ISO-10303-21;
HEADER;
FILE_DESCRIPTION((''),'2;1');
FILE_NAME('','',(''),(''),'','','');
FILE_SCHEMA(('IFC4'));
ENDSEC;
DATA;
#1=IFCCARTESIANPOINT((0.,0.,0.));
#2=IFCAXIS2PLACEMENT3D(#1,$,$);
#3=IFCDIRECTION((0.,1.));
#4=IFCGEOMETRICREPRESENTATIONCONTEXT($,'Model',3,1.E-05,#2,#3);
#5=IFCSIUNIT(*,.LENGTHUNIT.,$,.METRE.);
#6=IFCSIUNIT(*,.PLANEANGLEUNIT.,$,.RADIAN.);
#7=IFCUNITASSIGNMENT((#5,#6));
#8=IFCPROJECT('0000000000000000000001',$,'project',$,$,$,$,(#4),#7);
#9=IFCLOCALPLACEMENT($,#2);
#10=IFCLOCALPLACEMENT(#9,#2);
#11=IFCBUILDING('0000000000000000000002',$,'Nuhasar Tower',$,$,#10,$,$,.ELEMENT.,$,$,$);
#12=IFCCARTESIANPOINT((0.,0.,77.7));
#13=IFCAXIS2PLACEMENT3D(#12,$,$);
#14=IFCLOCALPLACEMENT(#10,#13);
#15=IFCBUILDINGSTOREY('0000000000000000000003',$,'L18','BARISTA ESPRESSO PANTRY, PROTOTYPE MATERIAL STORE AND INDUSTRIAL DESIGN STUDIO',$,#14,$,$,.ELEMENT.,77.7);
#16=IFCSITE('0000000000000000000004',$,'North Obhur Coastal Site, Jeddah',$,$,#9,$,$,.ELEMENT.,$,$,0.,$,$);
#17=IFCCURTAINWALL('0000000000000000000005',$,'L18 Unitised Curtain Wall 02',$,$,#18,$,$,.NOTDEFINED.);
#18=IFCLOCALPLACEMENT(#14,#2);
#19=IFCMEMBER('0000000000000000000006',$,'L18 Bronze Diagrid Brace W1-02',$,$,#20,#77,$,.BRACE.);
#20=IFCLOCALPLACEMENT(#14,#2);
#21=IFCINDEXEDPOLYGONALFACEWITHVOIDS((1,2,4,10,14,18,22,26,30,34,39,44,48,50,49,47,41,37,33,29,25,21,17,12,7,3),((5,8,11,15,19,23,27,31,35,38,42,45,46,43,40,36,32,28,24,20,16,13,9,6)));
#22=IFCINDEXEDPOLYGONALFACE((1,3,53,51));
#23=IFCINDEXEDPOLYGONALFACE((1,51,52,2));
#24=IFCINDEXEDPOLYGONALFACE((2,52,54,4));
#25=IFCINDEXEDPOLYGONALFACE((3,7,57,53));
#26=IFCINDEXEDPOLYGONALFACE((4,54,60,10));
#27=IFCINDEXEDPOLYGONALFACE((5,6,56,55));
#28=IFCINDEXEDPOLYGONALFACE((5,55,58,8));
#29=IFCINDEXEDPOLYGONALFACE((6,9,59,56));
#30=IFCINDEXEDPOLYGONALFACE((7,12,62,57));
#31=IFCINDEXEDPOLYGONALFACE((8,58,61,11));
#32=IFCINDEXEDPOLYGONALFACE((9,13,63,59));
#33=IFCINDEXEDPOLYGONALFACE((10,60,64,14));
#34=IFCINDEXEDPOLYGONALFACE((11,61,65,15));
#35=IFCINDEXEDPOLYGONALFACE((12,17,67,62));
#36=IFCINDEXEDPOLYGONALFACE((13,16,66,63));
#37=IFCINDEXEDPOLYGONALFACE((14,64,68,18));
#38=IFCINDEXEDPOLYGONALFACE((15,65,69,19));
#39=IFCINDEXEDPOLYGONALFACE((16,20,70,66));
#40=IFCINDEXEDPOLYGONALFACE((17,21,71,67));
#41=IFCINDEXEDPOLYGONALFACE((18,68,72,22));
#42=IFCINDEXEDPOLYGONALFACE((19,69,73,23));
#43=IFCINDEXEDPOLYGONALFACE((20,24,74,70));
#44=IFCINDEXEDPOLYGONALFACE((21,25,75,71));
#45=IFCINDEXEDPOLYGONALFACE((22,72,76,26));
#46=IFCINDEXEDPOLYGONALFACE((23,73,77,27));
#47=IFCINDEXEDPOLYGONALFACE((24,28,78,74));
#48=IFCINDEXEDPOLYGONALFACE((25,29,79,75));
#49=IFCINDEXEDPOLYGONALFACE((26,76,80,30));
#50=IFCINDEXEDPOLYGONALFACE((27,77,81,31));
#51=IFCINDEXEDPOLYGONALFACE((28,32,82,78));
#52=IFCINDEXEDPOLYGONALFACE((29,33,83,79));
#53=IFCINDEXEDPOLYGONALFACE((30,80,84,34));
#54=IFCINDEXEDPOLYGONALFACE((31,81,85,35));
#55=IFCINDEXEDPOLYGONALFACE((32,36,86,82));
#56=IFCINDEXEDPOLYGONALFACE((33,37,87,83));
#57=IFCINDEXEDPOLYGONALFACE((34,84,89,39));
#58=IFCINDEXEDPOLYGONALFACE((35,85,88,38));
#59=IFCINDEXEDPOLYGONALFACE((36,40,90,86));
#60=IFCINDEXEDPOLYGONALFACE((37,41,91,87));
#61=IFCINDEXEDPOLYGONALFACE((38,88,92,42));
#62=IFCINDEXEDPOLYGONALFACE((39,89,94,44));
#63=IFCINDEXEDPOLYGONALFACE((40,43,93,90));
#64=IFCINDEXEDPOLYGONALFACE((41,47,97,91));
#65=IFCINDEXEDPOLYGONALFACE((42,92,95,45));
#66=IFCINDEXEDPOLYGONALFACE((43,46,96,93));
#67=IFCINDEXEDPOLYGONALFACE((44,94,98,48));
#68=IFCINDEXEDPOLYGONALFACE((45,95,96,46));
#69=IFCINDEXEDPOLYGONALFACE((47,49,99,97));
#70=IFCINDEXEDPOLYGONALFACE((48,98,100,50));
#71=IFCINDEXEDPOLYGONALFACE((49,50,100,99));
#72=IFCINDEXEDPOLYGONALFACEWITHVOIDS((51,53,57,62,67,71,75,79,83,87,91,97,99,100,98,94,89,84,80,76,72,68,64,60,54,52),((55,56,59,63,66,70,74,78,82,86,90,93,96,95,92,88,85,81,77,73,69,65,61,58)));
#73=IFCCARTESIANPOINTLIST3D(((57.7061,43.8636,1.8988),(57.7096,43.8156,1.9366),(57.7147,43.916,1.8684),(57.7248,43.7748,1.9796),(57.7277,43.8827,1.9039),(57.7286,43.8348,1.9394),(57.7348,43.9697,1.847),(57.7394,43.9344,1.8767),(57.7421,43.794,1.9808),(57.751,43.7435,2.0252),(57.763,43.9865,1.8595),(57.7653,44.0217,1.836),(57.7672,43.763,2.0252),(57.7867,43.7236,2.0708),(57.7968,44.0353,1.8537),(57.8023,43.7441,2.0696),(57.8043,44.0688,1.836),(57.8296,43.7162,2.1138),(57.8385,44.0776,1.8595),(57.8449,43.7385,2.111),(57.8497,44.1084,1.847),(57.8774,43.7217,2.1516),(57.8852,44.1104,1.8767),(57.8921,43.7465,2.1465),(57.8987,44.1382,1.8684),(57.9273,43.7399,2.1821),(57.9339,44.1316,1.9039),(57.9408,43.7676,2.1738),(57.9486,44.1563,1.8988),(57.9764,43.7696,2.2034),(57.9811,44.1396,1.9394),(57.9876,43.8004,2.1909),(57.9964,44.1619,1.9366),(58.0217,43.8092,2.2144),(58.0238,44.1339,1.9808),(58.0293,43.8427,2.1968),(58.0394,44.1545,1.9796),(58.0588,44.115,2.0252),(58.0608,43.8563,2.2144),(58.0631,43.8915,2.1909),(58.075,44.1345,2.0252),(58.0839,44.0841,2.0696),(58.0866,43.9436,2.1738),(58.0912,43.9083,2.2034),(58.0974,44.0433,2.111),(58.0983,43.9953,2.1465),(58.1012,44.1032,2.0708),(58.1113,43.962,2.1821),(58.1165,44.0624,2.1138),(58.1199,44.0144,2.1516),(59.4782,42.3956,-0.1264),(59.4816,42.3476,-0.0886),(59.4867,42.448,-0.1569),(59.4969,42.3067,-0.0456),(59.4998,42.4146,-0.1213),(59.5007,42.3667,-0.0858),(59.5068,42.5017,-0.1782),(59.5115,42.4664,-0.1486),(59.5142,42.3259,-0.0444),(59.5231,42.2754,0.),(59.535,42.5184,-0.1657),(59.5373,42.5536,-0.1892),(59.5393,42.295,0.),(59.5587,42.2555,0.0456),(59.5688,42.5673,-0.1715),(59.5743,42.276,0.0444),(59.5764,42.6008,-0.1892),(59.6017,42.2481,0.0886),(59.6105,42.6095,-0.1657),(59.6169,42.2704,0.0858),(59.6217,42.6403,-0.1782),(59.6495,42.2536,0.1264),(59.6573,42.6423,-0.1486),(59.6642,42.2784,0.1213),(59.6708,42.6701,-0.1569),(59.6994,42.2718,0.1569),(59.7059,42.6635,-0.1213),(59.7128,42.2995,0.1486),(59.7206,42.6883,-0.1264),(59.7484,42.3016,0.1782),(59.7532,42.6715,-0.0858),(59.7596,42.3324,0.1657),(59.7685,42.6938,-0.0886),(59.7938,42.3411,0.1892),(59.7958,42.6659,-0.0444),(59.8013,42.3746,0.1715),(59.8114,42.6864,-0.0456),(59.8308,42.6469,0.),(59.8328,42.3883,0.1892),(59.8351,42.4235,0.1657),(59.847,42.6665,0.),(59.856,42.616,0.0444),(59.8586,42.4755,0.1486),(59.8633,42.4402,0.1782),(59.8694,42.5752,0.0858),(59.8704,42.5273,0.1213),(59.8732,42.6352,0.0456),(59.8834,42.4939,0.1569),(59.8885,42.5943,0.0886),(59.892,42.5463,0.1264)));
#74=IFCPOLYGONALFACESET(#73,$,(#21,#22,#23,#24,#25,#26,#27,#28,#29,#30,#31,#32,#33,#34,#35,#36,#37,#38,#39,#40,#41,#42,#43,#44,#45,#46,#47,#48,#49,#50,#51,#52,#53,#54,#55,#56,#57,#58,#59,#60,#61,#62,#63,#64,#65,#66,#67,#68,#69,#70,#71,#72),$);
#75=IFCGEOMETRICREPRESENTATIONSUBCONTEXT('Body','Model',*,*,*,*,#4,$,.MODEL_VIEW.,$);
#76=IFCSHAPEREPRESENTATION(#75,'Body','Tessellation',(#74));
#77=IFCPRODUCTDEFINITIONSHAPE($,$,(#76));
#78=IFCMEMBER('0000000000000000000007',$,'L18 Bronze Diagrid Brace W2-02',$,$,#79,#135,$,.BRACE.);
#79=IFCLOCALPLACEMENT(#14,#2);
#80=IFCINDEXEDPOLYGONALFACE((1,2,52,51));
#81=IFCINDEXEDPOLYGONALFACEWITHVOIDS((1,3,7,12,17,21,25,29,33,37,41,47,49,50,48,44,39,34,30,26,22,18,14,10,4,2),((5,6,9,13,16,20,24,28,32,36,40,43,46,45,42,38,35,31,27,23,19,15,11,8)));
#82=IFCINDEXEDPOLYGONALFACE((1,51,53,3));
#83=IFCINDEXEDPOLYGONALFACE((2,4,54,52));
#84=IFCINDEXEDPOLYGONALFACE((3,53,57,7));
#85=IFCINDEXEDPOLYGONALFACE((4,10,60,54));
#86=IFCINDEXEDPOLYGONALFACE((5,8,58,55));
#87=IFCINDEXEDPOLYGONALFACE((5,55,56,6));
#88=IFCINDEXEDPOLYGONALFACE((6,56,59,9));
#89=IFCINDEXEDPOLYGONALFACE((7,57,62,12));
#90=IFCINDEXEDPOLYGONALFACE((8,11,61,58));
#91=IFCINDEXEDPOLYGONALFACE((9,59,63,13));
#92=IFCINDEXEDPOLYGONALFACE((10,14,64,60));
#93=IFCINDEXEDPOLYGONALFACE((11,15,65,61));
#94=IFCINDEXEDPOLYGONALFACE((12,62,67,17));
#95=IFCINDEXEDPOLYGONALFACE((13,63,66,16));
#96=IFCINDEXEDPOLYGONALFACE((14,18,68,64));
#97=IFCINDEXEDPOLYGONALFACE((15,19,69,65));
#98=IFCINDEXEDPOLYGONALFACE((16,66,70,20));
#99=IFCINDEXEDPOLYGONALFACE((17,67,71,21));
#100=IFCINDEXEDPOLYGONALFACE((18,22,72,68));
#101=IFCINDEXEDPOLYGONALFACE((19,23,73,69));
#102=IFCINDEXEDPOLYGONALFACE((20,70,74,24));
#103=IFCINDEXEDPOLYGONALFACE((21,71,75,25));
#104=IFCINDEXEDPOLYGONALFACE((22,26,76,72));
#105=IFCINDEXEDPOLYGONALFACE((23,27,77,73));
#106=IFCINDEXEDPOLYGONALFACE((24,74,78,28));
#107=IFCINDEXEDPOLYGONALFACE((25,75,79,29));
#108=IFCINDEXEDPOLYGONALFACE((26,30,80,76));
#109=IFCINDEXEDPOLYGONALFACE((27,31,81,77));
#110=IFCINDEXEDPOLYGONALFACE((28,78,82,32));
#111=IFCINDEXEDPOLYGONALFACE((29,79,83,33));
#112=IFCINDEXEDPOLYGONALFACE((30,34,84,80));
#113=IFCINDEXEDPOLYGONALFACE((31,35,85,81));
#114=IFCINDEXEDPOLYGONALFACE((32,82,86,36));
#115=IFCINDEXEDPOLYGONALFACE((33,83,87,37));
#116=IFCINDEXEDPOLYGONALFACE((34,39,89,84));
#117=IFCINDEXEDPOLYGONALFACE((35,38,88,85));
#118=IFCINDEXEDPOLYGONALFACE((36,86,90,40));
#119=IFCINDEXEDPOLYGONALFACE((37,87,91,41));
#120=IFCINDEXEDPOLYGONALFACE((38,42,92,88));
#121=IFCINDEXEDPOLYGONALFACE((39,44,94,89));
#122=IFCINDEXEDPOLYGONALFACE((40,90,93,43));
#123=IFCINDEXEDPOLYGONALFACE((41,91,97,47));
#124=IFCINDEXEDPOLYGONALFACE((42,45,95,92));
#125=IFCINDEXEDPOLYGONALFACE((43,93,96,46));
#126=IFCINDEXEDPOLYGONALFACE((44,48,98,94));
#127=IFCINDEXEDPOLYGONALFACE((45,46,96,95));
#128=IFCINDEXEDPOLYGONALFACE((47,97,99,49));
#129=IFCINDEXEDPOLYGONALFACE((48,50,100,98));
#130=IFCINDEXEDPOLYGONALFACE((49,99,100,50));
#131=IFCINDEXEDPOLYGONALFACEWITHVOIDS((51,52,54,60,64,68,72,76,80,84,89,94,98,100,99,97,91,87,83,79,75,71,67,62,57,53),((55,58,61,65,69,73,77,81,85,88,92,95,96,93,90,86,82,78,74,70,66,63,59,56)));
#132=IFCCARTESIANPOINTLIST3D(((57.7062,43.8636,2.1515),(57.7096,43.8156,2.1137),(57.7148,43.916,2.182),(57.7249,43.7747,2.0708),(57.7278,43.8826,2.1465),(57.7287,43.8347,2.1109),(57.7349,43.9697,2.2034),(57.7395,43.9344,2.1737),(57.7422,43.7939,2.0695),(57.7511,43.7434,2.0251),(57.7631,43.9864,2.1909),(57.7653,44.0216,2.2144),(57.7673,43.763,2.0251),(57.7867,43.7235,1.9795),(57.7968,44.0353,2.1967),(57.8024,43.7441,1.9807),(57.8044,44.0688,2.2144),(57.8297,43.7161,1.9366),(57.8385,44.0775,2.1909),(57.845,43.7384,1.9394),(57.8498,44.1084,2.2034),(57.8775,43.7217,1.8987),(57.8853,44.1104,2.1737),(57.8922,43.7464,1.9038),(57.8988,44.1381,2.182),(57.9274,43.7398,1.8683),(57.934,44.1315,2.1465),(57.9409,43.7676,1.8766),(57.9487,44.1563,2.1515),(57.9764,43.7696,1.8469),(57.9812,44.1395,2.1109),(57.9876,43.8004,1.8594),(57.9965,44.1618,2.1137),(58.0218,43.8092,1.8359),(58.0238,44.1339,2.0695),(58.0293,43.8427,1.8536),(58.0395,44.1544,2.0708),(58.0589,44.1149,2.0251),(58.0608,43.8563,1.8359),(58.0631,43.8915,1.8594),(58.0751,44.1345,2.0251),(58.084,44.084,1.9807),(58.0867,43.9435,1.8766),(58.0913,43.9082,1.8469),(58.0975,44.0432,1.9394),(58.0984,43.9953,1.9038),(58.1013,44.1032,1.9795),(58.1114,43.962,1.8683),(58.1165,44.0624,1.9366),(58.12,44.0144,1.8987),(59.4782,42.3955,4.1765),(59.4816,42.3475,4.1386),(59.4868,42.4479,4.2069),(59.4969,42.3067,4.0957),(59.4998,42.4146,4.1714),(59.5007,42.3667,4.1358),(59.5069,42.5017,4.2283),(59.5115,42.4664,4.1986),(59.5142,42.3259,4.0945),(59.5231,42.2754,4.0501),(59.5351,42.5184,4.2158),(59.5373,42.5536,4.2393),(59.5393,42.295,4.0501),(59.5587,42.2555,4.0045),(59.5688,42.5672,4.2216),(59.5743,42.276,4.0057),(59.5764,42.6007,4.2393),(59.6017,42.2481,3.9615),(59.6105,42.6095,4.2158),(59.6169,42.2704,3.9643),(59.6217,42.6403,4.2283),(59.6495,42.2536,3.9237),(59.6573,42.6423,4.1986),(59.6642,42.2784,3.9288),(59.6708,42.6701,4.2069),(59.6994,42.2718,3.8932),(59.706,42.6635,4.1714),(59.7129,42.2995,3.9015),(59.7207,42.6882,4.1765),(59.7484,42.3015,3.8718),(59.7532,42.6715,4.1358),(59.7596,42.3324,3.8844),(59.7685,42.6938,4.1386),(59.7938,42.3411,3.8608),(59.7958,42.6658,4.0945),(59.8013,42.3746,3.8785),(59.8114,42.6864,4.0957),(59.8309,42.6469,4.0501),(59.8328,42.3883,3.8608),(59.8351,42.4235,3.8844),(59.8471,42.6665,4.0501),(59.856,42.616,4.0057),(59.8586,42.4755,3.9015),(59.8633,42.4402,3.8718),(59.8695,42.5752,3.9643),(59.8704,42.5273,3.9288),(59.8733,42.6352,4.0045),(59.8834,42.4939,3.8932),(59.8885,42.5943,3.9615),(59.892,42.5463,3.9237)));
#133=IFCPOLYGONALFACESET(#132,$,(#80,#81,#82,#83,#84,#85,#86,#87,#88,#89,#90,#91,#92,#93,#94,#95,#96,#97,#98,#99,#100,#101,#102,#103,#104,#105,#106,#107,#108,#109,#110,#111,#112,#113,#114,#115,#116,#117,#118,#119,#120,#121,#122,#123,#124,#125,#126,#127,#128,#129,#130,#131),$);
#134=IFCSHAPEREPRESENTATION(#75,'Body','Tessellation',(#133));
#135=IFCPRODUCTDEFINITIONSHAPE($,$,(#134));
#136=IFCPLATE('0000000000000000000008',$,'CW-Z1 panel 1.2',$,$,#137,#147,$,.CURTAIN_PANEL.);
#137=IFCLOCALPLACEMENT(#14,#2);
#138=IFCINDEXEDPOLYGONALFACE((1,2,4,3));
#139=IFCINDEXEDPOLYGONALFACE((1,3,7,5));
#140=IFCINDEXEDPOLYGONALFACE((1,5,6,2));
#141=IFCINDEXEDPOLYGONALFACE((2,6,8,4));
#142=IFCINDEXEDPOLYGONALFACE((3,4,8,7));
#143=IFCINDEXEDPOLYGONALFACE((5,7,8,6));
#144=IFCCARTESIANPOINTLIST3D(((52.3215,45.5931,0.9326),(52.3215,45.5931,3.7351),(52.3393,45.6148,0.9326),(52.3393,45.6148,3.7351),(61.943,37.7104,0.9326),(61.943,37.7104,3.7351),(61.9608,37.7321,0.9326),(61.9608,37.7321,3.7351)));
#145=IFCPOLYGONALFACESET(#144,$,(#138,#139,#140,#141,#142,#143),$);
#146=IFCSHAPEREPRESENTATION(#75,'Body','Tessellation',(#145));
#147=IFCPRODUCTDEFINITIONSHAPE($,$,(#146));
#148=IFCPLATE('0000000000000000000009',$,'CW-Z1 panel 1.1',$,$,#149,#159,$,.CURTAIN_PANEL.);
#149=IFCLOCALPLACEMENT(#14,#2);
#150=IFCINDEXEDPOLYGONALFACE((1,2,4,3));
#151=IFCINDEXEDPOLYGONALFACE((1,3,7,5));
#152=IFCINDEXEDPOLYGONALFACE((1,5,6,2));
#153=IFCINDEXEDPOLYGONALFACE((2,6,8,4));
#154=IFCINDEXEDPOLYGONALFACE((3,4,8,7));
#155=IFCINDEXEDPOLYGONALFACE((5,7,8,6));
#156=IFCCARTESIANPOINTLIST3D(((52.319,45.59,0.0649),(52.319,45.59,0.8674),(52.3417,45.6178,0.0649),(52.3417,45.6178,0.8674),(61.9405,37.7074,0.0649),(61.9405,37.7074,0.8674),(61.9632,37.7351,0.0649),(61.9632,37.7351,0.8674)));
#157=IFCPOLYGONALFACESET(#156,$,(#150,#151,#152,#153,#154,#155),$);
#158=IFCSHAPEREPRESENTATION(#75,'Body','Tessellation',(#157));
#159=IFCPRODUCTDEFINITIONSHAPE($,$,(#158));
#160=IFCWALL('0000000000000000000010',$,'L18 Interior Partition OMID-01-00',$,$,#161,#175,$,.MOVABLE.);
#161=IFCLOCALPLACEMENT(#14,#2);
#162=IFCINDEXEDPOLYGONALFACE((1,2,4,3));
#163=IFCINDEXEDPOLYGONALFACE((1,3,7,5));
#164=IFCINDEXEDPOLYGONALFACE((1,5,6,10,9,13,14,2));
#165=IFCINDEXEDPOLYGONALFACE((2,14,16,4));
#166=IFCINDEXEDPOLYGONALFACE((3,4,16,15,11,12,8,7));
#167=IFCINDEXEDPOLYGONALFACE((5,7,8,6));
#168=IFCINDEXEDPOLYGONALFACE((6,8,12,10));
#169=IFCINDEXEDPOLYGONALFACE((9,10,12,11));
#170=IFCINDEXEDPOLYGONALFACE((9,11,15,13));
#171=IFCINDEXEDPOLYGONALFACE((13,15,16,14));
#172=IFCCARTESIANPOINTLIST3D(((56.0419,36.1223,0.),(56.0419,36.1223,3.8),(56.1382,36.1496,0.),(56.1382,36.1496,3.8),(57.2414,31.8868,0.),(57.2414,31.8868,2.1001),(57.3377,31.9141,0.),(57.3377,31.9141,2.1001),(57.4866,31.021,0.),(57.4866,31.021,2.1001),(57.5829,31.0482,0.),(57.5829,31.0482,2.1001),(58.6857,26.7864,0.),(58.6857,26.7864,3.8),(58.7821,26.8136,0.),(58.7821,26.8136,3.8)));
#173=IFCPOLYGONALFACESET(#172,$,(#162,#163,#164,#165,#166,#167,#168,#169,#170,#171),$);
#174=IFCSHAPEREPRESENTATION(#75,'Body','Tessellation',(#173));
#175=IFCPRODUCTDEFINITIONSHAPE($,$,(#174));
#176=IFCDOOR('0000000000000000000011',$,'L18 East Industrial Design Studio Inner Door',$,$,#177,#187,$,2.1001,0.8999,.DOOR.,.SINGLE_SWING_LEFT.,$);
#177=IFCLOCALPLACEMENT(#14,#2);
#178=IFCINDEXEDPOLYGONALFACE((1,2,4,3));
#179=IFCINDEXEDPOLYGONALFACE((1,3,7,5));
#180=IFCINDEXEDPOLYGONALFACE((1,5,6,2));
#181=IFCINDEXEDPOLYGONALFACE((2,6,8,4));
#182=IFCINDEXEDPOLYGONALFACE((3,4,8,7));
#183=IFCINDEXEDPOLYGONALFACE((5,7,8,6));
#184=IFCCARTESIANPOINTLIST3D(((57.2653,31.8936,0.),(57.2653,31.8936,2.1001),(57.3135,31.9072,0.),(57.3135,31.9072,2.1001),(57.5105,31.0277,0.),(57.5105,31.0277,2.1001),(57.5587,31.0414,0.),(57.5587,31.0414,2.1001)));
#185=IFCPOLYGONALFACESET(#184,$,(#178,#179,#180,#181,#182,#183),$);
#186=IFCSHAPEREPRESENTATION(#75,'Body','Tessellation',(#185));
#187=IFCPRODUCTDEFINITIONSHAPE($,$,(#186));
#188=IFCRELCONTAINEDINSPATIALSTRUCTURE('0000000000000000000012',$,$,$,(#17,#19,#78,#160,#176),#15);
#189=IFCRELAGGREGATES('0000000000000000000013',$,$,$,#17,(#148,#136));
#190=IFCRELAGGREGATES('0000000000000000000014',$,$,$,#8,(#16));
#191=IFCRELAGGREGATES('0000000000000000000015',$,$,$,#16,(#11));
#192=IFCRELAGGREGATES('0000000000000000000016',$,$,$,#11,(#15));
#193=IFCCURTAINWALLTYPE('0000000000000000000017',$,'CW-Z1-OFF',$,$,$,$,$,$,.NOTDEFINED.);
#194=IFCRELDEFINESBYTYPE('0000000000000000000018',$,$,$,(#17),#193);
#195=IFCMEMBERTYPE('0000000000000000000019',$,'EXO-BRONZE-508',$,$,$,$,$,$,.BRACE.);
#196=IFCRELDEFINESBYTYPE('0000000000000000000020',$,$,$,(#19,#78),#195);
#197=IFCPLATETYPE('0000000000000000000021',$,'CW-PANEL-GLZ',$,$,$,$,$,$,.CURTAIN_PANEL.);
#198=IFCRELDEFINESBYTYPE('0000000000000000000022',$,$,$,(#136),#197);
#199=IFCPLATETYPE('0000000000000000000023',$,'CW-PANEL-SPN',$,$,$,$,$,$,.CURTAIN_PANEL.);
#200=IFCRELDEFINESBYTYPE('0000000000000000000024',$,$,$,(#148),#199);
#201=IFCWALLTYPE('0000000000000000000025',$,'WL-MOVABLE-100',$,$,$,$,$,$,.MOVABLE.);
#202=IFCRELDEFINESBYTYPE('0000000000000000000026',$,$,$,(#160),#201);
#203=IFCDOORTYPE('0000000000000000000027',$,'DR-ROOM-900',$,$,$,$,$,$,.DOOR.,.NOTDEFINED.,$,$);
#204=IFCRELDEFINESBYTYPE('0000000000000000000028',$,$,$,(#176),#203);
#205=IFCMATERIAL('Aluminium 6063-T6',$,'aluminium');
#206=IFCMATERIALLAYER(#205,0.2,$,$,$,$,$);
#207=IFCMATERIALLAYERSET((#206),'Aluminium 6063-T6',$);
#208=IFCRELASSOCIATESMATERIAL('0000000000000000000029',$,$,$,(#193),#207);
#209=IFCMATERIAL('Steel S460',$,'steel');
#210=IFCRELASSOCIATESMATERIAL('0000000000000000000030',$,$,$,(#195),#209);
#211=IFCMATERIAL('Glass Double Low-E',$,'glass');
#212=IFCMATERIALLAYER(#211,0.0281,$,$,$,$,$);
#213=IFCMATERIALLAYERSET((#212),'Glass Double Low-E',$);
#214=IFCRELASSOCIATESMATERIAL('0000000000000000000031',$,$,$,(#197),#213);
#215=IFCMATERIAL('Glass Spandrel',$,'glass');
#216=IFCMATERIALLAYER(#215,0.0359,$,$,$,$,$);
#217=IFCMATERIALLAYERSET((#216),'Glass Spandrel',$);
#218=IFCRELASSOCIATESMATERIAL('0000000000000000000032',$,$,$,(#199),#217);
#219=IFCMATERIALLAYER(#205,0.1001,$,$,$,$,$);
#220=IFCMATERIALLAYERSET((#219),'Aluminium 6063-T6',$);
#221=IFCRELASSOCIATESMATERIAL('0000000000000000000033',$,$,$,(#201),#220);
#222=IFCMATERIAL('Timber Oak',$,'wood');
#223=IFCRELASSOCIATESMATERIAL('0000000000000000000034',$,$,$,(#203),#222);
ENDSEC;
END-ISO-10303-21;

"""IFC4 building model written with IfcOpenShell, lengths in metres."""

from ifc_helpers import new_model, si_unit, direction, frame, frame_2d, origin, origin_2d, place, context, subcontext, project, spatial, rectangle, hollow_circle, extrude, material, layer, layer_set, material_profile, profile_set, type_object, element, fill, aggregate, save


model = new_model("IFC4")

# Units and contexts
model_context = context("Model", 3, precision=1e-05, world=origin(), true_north=direction((0.0, 1.0)))
body_context = subcontext(model_context, "Body", "Model", "MODEL_VIEW")
ifc_project = project(units=[si_unit("LENGTHUNIT", "METRE"), si_unit("PLANEANGLEUNIT", "RADIAN")], contexts=[model_context])

# Site, building, storey
site_placement = place(None, origin())
site = spatial("IfcSite", under=ifc_project, at=site_placement, Name="North Obhur Coastal Site, Jeddah", CompositionType="ELEMENT", RefElevation=0.0)
building_placement = place(site_placement, origin())
building = spatial("IfcBuilding", under=site, at=building_placement, Name="Nuhasar Tower", CompositionType="ELEMENT")
storey_placement = place(building_placement, frame((0.0, 0.0, 77.7)))
storey = spatial("IfcBuildingStorey", under=building, at=storey_placement, Name="L18", Description="BARISTA ESPRESSO PANTRY, PROTOTYPE MATERIAL STORE AND INDUSTRIAL DESIGN STUDIO", CompositionType="ELEMENT", Elevation=77.7)

# Shared definitions
ifc_material_1 = material(Name="Aluminium 6063-T6", Category="aluminium")
ifc_layer_1 = layer(ifc_material_1, 0.2)
ifc_layer_set_1 = layer_set([ifc_layer_1], Name="Aluminium 6063-T6")
curtain_wall_type = type_object("IfcCurtainWallType", Name="CW-Z1-OFF", PredefinedType="NOTDEFINED", material=ifc_layer_set_1)

# Curtain wall
curtain_wall_1_placement = place(storey_placement, origin())
curtain_wall_1 = element("IfcCurtainWall", 1, at=curtain_wall_1_placement, inside=storey, type_object=curtain_wall_type, Name="L18 Unitised Curtain Wall 02", PredefinedType="NOTDEFINED")

# Members
ifc_material_2 = material(Name="Steel S460", Category="steel")
ifc_material_profile_1 = material_profile(ifc_material_2, hollow_circle(Radius=0.2539, WallThickness=0.0254, at=origin_2d()), Name="HSS508X25.4")
ifc_profile_set_1 = profile_set([ifc_material_profile_1], Name="Steel S460")
member_type_1 = type_object("IfcMemberType", Name="EXO-BRONZE-508", PredefinedType="BRACE", material=ifc_profile_set_1)
member_1_placement = place(storey_placement, frame((59.6851, 42.4709, 0.0), z_axis=(-0.578071, 0.478912, 0.660664), x_axis=(-0.637969, -0.770062, 0.0)))
element("IfcMember", 2, at=member_1_placement, inside=storey, type_object=member_type_1, Name="L18 Bronze Diagrid Brace W1-02", PredefinedType="BRACE", context=body_context, shape_type="SweptSolid", body=[
    extrude(hollow_circle(Radius=0.2539, WallThickness=0.0254, at=origin_2d()), origin(), (0.0, 0.0, 1.0), 3.0654),
])
member_2_placement = place(storey_placement, frame((57.9131, 43.939, 2.0251), z_axis=(0.578102, -0.478937, 0.660619), x_axis=(0.637969, 0.770062, 0.0)))
element("IfcMember", 3, at=member_2_placement, inside=storey, type_object=member_type_1, Name="L18 Bronze Diagrid Brace W2-02", PredefinedType="BRACE", context=body_context, shape_type="SweptSolid", body=[
    extrude(hollow_circle(Radius=0.2539, WallThickness=0.0254, at=origin_2d()), origin(), (0.0, 0.0, 1.0), 3.0652),
])

# Plates
ifc_material_3 = material(Name="Glass Double Low-E", Category="glass")
ifc_layer_2 = layer(ifc_material_3, 0.0281)
ifc_layer_set_2 = layer_set([ifc_layer_2], Name="Glass Double Low-E")
plate_type_1 = type_object("IfcPlateType", Name="CW-PANEL-GLZ", PredefinedType="CURTAIN_PANEL", material=ifc_layer_set_2)
plate_1_placement = place(storey_placement, frame((57.1411, 41.6626, 0.9326), z_axis=(0.0, 0.0, 1.0), x_axis=(-0.773542, 0.633745, 0.0)))
plate_1 = element("IfcPlate", 4, at=plate_1_placement, type_object=plate_type_1, Name="CW-Z1 panel 1.2", PredefinedType="CURTAIN_PANEL", context=body_context, shape_type="SweptSolid", body=[
    extrude(rectangle(XDim=12.4382, YDim=0.0281, at=origin_2d()), origin(), (0.0, 0.0, 1.0), 2.8025),
])
ifc_material_4 = material(Name="Glass Spandrel", Category="glass")
ifc_layer_3 = layer(ifc_material_4, 0.0359)
ifc_layer_set_3 = layer_set([ifc_layer_3], Name="Glass Spandrel")
plate_type_2 = type_object("IfcPlateType", Name="CW-PANEL-SPN", PredefinedType="CURTAIN_PANEL", material=ifc_layer_set_3)
plate_2_placement = place(storey_placement, frame((57.1411, 41.6626, 0.0649), z_axis=(0.0, 0.0, 1.0), x_axis=(-0.773542, 0.633745, 0.0)))
plate_2 = element("IfcPlate", 5, at=plate_2_placement, type_object=plate_type_2, Name="CW-Z1 panel 1.1", PredefinedType="CURTAIN_PANEL", context=body_context, shape_type="SweptSolid", body=[
    extrude(rectangle(XDim=12.4382, YDim=0.0359, at=origin_2d()), origin(), (0.0, 0.0, 1.0), 0.8025),
])
aggregate(curtain_wall_1, [plate_2, plate_1])

# Wall, opening, door
ifc_layer_4 = layer(ifc_material_1, 0.1001)
ifc_layer_set_4 = layer_set([ifc_layer_4], Name="Aluminium 6063-T6")
wall_type = type_object("IfcWallType", Name="WL-MOVABLE-100", PredefinedType="MOVABLE", material=ifc_layer_set_4)
wall_1_placement = place(storey_placement, frame((56.0901, 36.136, 0.0), z_axis=(0.0, 0.0, 1.0), x_axis=(0.272471, -0.962164, 0.0)))
wall_1 = element("IfcWall", 6, at=wall_1_placement, inside=storey, type_object=wall_type, Name="L18 Interior Partition OMID-01-00", PredefinedType="MOVABLE", context=body_context, shape_type="SweptSolid", body=[
    extrude(rectangle(XDim=9.7031, YDim=0.1001, at=frame_2d((4.8516, 0.0))), origin(), (0.0, 0.0, 1.0), 3.8),
])
opening_placement = place(wall_1_placement, frame((4.4021, 0.0, 0.0)))
opening = element("IfcOpeningElement", 7, at=opening_placement, cuts=wall_1, PredefinedType="OPENING", context=body_context, shape_type="SweptSolid", body=[
    extrude(rectangle(XDim=0.8999, YDim=2.1001, at=frame_2d((0.45, 1.05))), frame((0.0, 0.0601, 0.0), z_axis=(0.0, -1.0, 0.0), x_axis=(1.0, 0.0, 0.0)), (0.0, 0.0, 1.0), 0.1201),
])
ifc_material_5 = material(Name="Timber Oak", Category="wood")
door_type = type_object("IfcDoorType", Name="DR-ROOM-900", OperationType="NOTDEFINED", PredefinedType="DOOR", material=ifc_material_5)
door_placement = place(opening_placement, origin())
door = element("IfcDoor", 8, at=door_placement, inside=storey, type_object=door_type, Name="L18 East Industrial Design Studio Inner Door", OperationType="SINGLE_SWING_LEFT", OverallHeight=2.1001, OverallWidth=0.8999, PredefinedType="DOOR", context=body_context, shape_type="SweptSolid", body=[
    extrude(rectangle(XDim=0.8999, YDim=2.1001, at=frame_2d((0.45, 1.05))), frame((0.0, 0.0249, 0.0), z_axis=(0.0, -1.0, 0.0), x_axis=(1.0, 0.0, 0.0)), (0.0, 0.0, 1.0), 0.05),
])
fill(opening, door)

save(model, "model.ifc")
